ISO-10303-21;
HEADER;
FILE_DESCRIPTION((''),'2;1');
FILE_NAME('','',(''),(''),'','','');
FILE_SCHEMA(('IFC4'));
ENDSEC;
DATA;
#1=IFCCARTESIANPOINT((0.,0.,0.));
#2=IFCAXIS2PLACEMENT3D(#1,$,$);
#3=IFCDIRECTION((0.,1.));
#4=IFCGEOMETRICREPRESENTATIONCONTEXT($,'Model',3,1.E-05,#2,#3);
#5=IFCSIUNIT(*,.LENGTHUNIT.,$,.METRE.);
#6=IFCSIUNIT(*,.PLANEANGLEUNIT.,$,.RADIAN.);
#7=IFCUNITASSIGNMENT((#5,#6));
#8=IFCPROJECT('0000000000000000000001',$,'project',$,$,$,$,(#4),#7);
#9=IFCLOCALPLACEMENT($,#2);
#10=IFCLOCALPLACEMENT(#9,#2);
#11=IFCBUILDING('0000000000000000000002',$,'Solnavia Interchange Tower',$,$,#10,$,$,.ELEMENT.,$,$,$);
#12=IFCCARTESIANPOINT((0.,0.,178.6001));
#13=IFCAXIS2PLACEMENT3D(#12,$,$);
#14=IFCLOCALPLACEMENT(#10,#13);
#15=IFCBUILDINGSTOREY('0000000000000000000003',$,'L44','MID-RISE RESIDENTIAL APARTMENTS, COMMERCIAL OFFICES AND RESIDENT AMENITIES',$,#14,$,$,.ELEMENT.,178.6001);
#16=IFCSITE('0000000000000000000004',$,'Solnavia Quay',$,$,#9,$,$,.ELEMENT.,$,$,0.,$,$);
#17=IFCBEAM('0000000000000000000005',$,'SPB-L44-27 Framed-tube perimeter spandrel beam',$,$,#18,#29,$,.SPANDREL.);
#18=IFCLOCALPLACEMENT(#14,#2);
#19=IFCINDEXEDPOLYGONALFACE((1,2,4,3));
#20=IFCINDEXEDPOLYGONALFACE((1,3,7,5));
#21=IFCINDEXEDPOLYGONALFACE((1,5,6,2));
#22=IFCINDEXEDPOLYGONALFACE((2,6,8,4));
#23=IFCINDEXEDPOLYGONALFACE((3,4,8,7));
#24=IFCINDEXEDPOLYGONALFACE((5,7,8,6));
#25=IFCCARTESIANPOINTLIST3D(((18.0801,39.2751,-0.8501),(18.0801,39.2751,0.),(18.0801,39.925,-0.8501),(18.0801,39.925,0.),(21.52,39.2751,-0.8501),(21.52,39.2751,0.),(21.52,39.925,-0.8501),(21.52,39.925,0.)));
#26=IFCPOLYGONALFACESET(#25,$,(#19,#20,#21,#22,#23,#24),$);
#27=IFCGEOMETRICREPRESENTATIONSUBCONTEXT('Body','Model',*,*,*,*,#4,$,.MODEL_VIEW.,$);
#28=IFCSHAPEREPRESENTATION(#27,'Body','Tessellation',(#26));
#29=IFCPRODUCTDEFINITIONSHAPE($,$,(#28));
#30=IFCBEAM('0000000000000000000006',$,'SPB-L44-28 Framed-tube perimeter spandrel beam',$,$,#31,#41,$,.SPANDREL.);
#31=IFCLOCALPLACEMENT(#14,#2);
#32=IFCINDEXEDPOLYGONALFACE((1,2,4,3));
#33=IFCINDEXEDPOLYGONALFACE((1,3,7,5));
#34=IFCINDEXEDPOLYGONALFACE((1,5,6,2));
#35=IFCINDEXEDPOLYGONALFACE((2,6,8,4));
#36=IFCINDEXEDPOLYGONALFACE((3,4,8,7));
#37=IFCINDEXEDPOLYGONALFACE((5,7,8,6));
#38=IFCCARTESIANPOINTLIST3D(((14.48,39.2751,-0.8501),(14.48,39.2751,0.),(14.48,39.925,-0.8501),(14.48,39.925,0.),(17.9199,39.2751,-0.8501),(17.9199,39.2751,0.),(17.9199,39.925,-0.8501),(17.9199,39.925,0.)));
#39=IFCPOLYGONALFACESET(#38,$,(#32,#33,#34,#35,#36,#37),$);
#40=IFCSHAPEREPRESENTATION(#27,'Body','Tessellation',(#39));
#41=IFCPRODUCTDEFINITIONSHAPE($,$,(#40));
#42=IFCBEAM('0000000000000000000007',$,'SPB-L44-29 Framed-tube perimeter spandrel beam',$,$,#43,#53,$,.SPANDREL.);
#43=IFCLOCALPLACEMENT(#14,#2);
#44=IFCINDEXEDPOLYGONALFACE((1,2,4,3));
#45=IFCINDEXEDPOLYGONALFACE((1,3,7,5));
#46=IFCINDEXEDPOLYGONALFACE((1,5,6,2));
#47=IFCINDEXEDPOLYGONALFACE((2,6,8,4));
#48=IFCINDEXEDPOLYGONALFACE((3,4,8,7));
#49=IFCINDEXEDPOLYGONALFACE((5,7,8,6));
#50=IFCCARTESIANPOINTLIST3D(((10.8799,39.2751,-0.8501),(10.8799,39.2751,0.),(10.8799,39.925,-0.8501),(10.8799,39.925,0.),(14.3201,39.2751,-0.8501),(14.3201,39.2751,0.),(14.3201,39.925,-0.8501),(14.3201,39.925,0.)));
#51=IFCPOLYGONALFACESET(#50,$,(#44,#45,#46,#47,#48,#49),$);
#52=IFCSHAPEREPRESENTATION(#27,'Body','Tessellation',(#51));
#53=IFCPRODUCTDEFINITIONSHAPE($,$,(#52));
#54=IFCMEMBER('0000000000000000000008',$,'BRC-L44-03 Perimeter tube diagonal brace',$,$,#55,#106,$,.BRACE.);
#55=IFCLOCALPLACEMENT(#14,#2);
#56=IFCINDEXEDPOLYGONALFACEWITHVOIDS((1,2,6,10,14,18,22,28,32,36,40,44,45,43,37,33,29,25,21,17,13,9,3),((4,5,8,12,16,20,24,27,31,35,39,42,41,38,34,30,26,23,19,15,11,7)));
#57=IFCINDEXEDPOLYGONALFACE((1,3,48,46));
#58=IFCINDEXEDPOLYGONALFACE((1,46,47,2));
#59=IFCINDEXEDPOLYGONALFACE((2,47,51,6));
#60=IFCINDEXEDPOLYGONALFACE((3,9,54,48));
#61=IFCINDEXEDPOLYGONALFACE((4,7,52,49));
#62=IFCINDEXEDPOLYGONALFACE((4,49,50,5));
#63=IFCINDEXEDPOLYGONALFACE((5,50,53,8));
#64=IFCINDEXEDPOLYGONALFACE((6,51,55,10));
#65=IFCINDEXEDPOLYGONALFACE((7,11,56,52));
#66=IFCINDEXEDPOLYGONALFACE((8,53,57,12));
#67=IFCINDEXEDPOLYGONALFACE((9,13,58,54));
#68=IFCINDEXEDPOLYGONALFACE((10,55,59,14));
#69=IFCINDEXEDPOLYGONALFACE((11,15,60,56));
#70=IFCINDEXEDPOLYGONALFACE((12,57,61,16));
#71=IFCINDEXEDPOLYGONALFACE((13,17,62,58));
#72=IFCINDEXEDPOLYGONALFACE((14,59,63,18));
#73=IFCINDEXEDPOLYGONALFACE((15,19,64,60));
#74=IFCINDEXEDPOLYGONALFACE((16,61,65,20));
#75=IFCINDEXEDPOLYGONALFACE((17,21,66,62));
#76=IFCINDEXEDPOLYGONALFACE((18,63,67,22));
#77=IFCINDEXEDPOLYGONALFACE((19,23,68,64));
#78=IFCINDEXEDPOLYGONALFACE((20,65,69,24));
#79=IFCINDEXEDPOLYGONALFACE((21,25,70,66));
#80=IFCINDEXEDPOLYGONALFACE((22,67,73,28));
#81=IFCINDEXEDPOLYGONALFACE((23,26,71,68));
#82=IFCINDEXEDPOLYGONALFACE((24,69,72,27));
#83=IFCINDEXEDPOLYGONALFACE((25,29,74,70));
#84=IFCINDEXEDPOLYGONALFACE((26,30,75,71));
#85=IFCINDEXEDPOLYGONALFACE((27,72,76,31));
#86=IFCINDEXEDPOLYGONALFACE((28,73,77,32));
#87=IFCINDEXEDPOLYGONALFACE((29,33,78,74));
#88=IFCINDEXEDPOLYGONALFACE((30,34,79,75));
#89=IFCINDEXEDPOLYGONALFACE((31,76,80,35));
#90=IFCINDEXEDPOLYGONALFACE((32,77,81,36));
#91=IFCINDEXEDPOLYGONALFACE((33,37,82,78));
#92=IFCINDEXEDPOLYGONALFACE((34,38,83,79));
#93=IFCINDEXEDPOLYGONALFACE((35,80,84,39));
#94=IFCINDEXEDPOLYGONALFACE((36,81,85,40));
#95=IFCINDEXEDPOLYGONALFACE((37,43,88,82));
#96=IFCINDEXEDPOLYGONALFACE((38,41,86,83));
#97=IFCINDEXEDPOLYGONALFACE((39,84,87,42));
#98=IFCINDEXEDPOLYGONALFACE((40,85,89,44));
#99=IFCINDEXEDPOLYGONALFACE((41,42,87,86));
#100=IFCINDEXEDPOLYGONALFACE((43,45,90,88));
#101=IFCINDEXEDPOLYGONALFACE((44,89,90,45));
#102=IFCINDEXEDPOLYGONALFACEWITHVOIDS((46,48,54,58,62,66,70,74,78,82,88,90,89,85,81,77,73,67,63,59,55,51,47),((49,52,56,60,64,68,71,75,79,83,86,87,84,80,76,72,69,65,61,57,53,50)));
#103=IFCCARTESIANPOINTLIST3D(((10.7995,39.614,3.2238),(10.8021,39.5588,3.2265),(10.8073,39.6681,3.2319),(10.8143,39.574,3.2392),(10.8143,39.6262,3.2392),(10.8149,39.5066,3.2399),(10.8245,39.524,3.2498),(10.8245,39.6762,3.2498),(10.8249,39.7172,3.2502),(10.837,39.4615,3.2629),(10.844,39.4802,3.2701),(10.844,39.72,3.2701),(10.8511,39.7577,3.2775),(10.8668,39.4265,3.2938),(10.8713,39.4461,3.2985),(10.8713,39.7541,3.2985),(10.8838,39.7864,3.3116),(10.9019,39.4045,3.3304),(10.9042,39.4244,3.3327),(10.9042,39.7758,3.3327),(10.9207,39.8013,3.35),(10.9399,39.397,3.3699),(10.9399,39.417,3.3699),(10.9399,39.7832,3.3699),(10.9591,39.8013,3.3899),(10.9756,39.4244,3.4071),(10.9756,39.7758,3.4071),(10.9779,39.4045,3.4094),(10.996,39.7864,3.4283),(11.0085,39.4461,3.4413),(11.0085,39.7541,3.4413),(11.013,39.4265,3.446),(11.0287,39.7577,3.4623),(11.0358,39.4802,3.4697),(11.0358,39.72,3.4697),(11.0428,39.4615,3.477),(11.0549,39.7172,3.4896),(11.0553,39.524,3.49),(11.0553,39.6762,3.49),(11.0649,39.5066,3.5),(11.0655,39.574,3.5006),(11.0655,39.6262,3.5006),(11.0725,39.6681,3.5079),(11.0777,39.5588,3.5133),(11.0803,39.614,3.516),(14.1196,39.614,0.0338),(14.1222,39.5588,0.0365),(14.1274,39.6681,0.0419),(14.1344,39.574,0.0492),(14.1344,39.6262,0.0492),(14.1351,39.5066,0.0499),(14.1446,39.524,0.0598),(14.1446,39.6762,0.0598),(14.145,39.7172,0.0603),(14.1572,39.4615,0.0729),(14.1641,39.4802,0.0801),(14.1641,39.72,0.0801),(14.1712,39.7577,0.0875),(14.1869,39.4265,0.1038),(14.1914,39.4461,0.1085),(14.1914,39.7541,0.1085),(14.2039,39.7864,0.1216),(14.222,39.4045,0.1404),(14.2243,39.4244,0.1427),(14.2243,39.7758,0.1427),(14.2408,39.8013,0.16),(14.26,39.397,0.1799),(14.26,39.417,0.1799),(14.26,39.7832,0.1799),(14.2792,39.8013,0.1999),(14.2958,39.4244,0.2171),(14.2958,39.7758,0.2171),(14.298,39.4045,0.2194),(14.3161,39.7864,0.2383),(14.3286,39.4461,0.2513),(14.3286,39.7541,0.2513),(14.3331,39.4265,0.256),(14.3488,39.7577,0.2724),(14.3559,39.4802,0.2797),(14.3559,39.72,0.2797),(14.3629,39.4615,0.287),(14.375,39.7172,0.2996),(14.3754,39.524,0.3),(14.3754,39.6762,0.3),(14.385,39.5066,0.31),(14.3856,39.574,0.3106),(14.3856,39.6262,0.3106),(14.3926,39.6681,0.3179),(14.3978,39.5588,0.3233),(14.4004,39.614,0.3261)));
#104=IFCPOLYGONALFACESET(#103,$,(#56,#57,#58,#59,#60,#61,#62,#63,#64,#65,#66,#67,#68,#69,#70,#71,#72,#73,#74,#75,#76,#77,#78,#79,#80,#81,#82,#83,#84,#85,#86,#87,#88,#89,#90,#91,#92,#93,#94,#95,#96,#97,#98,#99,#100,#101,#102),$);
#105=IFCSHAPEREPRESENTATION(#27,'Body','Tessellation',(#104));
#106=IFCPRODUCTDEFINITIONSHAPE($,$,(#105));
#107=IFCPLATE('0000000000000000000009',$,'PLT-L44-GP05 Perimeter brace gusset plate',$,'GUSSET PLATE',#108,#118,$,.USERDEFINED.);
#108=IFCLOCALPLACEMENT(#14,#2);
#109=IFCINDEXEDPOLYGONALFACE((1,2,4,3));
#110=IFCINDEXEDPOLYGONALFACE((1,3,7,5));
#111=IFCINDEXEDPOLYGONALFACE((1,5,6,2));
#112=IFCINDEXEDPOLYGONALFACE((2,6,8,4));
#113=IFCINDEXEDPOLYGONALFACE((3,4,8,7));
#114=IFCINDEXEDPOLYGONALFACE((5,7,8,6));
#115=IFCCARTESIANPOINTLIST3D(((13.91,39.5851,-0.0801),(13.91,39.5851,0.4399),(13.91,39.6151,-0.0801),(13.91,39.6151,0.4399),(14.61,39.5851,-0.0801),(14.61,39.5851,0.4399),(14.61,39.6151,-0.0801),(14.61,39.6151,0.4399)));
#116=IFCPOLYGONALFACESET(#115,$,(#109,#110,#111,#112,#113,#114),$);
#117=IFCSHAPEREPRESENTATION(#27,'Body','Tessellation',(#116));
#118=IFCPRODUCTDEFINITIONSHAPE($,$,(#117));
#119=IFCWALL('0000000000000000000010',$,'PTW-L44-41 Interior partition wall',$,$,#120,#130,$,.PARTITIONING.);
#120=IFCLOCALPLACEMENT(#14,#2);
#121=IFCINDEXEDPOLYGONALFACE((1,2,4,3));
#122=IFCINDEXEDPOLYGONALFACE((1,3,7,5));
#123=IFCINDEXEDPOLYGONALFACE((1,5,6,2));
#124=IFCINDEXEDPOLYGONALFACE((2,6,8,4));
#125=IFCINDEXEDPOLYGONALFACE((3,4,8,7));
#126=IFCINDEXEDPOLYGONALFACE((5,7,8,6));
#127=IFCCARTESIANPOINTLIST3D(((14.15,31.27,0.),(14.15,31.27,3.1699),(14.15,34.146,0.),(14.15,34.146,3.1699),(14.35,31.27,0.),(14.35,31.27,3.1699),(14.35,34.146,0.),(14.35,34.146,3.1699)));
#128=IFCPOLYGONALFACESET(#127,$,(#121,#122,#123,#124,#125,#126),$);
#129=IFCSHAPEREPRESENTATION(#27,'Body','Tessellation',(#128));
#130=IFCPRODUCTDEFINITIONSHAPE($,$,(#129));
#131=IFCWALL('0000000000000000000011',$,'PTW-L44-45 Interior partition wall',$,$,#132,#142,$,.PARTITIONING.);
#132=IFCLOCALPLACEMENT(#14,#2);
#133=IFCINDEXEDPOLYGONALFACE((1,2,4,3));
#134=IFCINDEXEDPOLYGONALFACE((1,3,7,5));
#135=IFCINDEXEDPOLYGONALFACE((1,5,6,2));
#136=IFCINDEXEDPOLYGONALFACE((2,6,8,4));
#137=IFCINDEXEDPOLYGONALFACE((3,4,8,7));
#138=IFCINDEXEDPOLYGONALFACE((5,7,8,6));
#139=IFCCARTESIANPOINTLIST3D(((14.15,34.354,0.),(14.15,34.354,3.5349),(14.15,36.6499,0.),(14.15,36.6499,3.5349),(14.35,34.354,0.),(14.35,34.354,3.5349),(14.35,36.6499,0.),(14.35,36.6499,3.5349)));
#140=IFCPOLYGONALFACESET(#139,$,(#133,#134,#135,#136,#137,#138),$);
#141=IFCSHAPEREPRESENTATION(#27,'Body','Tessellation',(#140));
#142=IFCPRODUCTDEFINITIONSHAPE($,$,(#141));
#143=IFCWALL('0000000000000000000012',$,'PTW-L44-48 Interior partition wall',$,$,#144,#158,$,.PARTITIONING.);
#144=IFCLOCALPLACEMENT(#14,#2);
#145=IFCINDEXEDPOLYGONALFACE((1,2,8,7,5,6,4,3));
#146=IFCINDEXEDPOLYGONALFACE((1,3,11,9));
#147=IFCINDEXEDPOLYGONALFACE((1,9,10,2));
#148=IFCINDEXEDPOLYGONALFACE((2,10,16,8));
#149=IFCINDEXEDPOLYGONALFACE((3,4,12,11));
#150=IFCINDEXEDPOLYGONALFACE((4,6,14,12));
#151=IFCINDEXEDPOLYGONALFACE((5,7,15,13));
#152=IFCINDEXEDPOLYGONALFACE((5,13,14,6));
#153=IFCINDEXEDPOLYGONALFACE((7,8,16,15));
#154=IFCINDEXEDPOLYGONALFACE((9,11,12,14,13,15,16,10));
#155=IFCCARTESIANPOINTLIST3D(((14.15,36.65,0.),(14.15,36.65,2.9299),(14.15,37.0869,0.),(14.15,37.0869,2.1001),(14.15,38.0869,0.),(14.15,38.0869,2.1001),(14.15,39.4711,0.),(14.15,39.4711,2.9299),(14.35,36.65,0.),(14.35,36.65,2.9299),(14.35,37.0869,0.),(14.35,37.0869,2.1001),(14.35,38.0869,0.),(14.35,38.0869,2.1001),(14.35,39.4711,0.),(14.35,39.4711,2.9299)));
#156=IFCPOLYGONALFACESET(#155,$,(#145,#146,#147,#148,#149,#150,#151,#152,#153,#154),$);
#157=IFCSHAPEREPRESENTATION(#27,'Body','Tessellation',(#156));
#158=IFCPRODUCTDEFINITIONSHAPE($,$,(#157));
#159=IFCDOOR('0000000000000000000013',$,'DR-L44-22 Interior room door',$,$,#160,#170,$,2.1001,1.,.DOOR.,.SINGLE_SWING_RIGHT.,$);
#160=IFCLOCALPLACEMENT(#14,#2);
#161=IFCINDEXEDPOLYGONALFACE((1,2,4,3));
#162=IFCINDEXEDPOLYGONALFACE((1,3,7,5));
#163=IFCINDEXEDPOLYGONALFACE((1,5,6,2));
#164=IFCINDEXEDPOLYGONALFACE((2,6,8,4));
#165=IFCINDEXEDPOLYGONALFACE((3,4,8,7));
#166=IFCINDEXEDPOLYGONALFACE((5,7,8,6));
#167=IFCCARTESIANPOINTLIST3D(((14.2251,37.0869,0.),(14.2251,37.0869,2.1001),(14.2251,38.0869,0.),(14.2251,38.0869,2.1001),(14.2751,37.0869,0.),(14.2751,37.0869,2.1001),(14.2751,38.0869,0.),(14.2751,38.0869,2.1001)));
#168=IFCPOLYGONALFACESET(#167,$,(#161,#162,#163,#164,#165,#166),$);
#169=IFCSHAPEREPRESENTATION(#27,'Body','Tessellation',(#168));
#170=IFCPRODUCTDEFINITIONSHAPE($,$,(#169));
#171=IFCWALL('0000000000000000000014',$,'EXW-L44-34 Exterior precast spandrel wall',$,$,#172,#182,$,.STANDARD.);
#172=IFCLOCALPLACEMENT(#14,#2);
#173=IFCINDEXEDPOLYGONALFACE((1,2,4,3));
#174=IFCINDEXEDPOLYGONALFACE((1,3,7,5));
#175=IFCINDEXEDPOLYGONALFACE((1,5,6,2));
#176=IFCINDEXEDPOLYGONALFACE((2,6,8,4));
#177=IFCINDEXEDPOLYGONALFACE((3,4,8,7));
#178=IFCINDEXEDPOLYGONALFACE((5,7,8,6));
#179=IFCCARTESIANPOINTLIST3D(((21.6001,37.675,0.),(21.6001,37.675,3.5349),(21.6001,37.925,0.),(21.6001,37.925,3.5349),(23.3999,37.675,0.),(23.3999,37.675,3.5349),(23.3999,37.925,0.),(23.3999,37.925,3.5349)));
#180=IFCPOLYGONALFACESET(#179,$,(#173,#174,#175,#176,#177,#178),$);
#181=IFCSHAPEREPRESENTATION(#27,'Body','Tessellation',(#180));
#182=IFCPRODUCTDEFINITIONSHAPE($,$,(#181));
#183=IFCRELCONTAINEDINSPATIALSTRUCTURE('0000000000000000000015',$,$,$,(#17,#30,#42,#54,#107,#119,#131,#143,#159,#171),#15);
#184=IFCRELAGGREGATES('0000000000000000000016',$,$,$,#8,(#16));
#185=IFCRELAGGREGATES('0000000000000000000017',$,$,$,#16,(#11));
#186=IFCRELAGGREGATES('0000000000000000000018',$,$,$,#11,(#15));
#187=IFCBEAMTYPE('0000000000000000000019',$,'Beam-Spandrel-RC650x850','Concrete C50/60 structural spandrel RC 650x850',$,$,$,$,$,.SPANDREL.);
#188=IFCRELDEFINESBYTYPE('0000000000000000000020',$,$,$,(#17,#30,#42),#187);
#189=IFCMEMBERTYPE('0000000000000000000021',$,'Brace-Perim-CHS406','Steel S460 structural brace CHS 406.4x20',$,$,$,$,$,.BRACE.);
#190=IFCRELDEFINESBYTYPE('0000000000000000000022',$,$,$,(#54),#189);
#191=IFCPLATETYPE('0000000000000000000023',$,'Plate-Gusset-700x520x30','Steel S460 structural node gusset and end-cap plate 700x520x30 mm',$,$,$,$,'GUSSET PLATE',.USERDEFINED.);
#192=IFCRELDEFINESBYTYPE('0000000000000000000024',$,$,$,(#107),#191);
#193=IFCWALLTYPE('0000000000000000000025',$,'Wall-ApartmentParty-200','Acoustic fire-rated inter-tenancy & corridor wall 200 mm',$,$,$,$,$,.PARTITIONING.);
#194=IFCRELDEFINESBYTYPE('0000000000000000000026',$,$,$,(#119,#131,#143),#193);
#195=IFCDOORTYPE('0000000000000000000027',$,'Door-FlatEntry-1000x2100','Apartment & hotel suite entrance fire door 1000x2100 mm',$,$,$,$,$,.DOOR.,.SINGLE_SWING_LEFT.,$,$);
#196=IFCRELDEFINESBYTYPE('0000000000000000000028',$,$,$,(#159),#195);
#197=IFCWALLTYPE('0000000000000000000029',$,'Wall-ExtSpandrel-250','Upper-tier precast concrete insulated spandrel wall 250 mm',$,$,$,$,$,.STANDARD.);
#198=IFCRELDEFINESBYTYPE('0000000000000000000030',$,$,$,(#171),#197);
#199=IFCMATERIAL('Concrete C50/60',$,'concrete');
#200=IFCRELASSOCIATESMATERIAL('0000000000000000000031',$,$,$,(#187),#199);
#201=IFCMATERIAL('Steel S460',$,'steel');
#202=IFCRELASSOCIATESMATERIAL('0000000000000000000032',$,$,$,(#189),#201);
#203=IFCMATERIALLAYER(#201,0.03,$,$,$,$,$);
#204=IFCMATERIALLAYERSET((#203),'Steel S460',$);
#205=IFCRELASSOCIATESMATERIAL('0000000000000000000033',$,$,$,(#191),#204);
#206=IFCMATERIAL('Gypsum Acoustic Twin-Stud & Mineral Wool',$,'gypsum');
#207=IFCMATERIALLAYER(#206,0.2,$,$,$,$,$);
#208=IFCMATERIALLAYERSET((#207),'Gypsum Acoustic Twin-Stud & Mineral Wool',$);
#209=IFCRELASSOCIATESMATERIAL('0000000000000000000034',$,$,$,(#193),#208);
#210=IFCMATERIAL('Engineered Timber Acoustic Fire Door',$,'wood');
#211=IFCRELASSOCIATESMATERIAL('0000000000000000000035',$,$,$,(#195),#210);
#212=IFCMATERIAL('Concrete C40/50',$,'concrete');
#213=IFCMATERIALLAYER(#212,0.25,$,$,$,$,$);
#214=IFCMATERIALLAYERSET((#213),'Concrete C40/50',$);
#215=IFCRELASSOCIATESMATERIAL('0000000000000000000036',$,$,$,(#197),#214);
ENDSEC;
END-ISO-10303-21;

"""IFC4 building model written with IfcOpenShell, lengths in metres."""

from ifc_helpers import new_model, si_unit, direction, frame, frame_2d, origin, origin_2d, place, context, subcontext, project, spatial, rectangle, hollow_circle, extrude, material, layer, layer_set, material_profile, profile_set, type_object, element, fill, save


model = new_model("IFC4")

# Units and contexts
model_context = context("Model", 3, precision=1e-05, world=origin(), true_north=direction((0.0, 1.0)))
body_context = subcontext(model_context, "Body", "Model", "MODEL_VIEW")
ifc_project = project(units=[si_unit("LENGTHUNIT", "METRE"), si_unit("PLANEANGLEUNIT", "RADIAN")], contexts=[model_context])

# Site, building, storey
site_placement = place(None, origin())
site = spatial("IfcSite", under=ifc_project, at=site_placement, Name="Solnavia Quay", CompositionType="ELEMENT", RefElevation=0.0)
building_placement = place(site_placement, origin())
building = spatial("IfcBuilding", under=site, at=building_placement, Name="Solnavia Interchange Tower", CompositionType="ELEMENT")
storey_placement = place(building_placement, frame((0.0, 0.0, 178.6001)))
storey = spatial("IfcBuildingStorey", under=building, at=storey_placement, Name="L44", Description="MID-RISE RESIDENTIAL APARTMENTS, COMMERCIAL OFFICES AND RESIDENT AMENITIES", CompositionType="ELEMENT", Elevation=178.6001)

# Shared definitions
ifc_material_1 = material(Name="Concrete C50/60", Category="concrete")

# Beams
ifc_material_2 = material(Name="Steel S460", Category="steel")
ifc_material_profile_1 = material_profile(ifc_material_1, rectangle(XDim=0.6499, YDim=0.8501, at=origin_2d()), Name="RC 650x850")
ifc_profile_set_1 = profile_set([ifc_material_profile_1], Name="Concrete C50/60")
beam_type_1 = type_object("IfcBeamType", Name="Beam-Spandrel-RC650x850", Description="Concrete C50/60 structural spandrel RC 650x850", PredefinedType="SPANDREL", material=ifc_profile_set_1)
for number, where, z_axis, x_axis, name in (
    (1, (21.52, 39.6001, -0.425), (-1.0, 0.0, 0.0), (0.0, -1.0, 0.0), "SPB-L44-27 Framed-tube perimeter spandrel beam"),
    (2, (17.9199, 39.6001, -0.425), (-1.0, 0.0, 0.0), (0.0, -1.0, 0.0), "SPB-L44-28 Framed-tube perimeter spandrel beam"),
):
    element("IfcBeam", number, at=place(storey_placement, frame(where, z_axis=z_axis, x_axis=x_axis)), inside=storey, type_object=beam_type_1, Name=name, PredefinedType="SPANDREL", context=body_context, shape_type="SweptSolid", body=[
        extrude(rectangle(XDim=0.6499, YDim=0.8501, at=origin_2d()), origin(), (0.0, 0.0, 1.0), 3.4399),
    ])
beam_placement = place(storey_placement, frame((14.3201, 39.6001, -0.425), z_axis=(-1.0, 0.0, 0.0), x_axis=(0.0, -1.0, 0.0)))
element("IfcBeam", 3, at=beam_placement, inside=storey, type_object=beam_type_1, Name="SPB-L44-29 Framed-tube perimeter spandrel beam", PredefinedType="SPANDREL", context=body_context, shape_type="SweptSolid", body=[
    extrude(rectangle(XDim=0.6499, YDim=0.8501, at=origin_2d()), origin(), (0.0, 0.0, 1.0), 3.4402),
])

# Member
ifc_material_profile_2 = material_profile(ifc_material_2, hollow_circle(Radius=0.2031, WallThickness=0.02, at=origin_2d()), Name="CHS 406.4x20")
ifc_profile_set_2 = profile_set([ifc_material_profile_2], Name="Steel S460")
member_type = type_object("IfcMemberType", Name="Brace-Perim-CHS406", Description="Steel S460 structural brace CHS 406.4x20", PredefinedType="BRACE", material=ifc_profile_set_2)
member_placement = place(storey_placement, frame((14.26, 39.6001, 0.1799), z_axis=(-0.721097, 0.0, 0.692834), x_axis=(0.0, -1.0, 0.0)))
element("IfcMember", 4, at=member_placement, inside=storey, type_object=member_type, Name="BRC-L44-03 Perimeter tube diagonal brace", PredefinedType="BRACE", context=body_context, shape_type="SweptSolid", body=[
    extrude(hollow_circle(Radius=0.2031, WallThickness=0.02, at=origin_2d()), origin(), (0.0, 0.0, 1.0), 4.6042),
])

# Plate
ifc_layer_1 = layer(ifc_material_2, 0.03)
ifc_layer_set_1 = layer_set([ifc_layer_1], Name="Steel S460")
plate_type = type_object("IfcPlateType", Name="Plate-Gusset-700x520x30", Description="Steel S460 structural node gusset and end-cap plate 700x520x30 mm", ElementType="GUSSET PLATE", PredefinedType="USERDEFINED", material=ifc_layer_set_1)
plate_placement = place(storey_placement, frame((14.26, 39.6001, -0.0801), z_axis=(0.0, 0.0, 1.0), x_axis=(-1.0, 0.0, 0.0)))
element("IfcPlate", 5, at=plate_placement, inside=storey, type_object=plate_type, Name="PLT-L44-GP05 Perimeter brace gusset plate", ObjectType="GUSSET PLATE", PredefinedType="USERDEFINED", context=body_context, shape_type="SweptSolid", body=[
    extrude(rectangle(XDim=0.7, YDim=0.03, at=origin_2d()), origin(), (0.0, 0.0, 1.0), 0.52),
])

# Walls
ifc_material_3 = material(Name="Gypsum Acoustic Twin-Stud & Mineral Wool", Category="gypsum")
ifc_layer_2 = layer(ifc_material_3, 0.2)
ifc_layer_set_2 = layer_set([ifc_layer_2], Name="Gypsum Acoustic Twin-Stud & Mineral Wool")
wall_type_1 = type_object("IfcWallType", Name="Wall-ApartmentParty-200", Description="Acoustic fire-rated inter-tenancy & corridor wall 200 mm", PredefinedType="PARTITIONING", material=ifc_layer_set_2)
wall_1_placement = place(storey_placement, frame((14.25, 31.27, 0.0), z_axis=(0.0, 0.0, 1.0), x_axis=(0.0, 1.0, 0.0)))
element("IfcWall", 6, at=wall_1_placement, inside=storey, type_object=wall_type_1, Name="PTW-L44-41 Interior partition wall", PredefinedType="PARTITIONING", context=body_context, shape_type="SweptSolid", body=[
    extrude(rectangle(XDim=2.876, YDim=0.2, at=frame_2d((1.438, 0.0))), origin(), (0.0, 0.0, 1.0), 3.1699),
])
wall_2_placement = place(storey_placement, frame((14.25, 34.354, 0.0), z_axis=(0.0, 0.0, 1.0), x_axis=(0.0, 1.0, 0.0)))
element("IfcWall", 7, at=wall_2_placement, inside=storey, type_object=wall_type_1, Name="PTW-L44-45 Interior partition wall", PredefinedType="PARTITIONING", context=body_context, shape_type="SweptSolid", body=[
    extrude(rectangle(XDim=2.2959, YDim=0.2, at=frame_2d((1.1479, 0.0))), origin(), (0.0, 0.0, 1.0), 3.5349),
])

# Wall, opening, door
wall_3_placement = place(storey_placement, frame((14.25, 36.6499, 0.0), z_axis=(0.0, 0.0, 1.0), x_axis=(0.0, 1.0, 0.0)))
wall_3 = element("IfcWall", 8, at=wall_3_placement, inside=storey, type_object=wall_type_1, Name="PTW-L44-48 Interior partition wall", PredefinedType="PARTITIONING", context=body_context, shape_type="SweptSolid", body=[
    extrude(rectangle(XDim=2.821, YDim=0.2, at=frame_2d((1.4106, 0.0))), origin(), (0.0, 0.0, 1.0), 2.9299),
])
opening_1_placement = place(wall_3_placement, frame((0.437, 0.0, 0.0)))
opening_1 = element("IfcOpeningElement", 9, at=opening_1_placement, cuts=wall_3, PredefinedType="OPENING", context=body_context, shape_type="SweptSolid", body=[
    extrude(rectangle(XDim=1.0, YDim=2.1001, at=frame_2d((0.5, 1.05))), frame((0.0, 0.1099, 0.0), z_axis=(0.0, -1.0, 0.0), x_axis=(1.0, 0.0, 0.0)), (0.0, 0.0, 1.0), 0.22),
])
ifc_material_4 = material(Name="Engineered Timber Acoustic Fire Door", Category="wood")
door_type = type_object("IfcDoorType", Name="Door-FlatEntry-1000x2100", Description="Apartment & hotel suite entrance fire door 1000x2100 mm", OperationType="SINGLE_SWING_LEFT", PredefinedType="DOOR", material=ifc_material_4)
door_placement = place(opening_1_placement, origin())
door = element("IfcDoor", 10, at=door_placement, inside=storey, type_object=door_type, Name="DR-L44-22 Interior room door", OperationType="SINGLE_SWING_RIGHT", OverallHeight=2.1001, OverallWidth=1.0, PredefinedType="DOOR", context=body_context, shape_type="SweptSolid", body=[
    extrude(rectangle(XDim=1.0, YDim=2.1001, at=frame_2d((0.5, 1.05))), frame((0.0, 0.0249, 0.0), z_axis=(0.0, -1.0, 0.0), x_axis=(1.0, 0.0, 0.0)), (0.0, 0.0, 1.0), 0.05),
])
fill(opening_1, door)

# Wall
ifc_material_5 = material(Name="Concrete C40/50", Category="concrete")
ifc_layer_3 = layer(ifc_material_5, 0.25)
ifc_layer_set_3 = layer_set([ifc_layer_3], Name="Concrete C40/50")
wall_type_2 = type_object("IfcWallType", Name="Wall-ExtSpandrel-250", Description="Upper-tier precast concrete insulated spandrel wall 250 mm", PredefinedType="STANDARD", material=ifc_layer_set_3)
wall_4_placement = place(storey_placement, frame((21.6001, 37.8, 0.0), z_axis=(0.0, 0.0, 1.0), x_axis=(1.0, 0.0, 0.0)))
element("IfcWall", 11, at=wall_4_placement, inside=storey, type_object=wall_type_2, Name="EXW-L44-34 Exterior precast spandrel wall", PredefinedType="STANDARD", context=body_context, shape_type="SweptSolid", body=[
    extrude(rectangle(XDim=1.7998, YDim=0.25, at=frame_2d((0.8999, 0.0))), origin(), (0.0, 0.0, 1.0), 3.5349),
])

save(model, "model.ifc")
